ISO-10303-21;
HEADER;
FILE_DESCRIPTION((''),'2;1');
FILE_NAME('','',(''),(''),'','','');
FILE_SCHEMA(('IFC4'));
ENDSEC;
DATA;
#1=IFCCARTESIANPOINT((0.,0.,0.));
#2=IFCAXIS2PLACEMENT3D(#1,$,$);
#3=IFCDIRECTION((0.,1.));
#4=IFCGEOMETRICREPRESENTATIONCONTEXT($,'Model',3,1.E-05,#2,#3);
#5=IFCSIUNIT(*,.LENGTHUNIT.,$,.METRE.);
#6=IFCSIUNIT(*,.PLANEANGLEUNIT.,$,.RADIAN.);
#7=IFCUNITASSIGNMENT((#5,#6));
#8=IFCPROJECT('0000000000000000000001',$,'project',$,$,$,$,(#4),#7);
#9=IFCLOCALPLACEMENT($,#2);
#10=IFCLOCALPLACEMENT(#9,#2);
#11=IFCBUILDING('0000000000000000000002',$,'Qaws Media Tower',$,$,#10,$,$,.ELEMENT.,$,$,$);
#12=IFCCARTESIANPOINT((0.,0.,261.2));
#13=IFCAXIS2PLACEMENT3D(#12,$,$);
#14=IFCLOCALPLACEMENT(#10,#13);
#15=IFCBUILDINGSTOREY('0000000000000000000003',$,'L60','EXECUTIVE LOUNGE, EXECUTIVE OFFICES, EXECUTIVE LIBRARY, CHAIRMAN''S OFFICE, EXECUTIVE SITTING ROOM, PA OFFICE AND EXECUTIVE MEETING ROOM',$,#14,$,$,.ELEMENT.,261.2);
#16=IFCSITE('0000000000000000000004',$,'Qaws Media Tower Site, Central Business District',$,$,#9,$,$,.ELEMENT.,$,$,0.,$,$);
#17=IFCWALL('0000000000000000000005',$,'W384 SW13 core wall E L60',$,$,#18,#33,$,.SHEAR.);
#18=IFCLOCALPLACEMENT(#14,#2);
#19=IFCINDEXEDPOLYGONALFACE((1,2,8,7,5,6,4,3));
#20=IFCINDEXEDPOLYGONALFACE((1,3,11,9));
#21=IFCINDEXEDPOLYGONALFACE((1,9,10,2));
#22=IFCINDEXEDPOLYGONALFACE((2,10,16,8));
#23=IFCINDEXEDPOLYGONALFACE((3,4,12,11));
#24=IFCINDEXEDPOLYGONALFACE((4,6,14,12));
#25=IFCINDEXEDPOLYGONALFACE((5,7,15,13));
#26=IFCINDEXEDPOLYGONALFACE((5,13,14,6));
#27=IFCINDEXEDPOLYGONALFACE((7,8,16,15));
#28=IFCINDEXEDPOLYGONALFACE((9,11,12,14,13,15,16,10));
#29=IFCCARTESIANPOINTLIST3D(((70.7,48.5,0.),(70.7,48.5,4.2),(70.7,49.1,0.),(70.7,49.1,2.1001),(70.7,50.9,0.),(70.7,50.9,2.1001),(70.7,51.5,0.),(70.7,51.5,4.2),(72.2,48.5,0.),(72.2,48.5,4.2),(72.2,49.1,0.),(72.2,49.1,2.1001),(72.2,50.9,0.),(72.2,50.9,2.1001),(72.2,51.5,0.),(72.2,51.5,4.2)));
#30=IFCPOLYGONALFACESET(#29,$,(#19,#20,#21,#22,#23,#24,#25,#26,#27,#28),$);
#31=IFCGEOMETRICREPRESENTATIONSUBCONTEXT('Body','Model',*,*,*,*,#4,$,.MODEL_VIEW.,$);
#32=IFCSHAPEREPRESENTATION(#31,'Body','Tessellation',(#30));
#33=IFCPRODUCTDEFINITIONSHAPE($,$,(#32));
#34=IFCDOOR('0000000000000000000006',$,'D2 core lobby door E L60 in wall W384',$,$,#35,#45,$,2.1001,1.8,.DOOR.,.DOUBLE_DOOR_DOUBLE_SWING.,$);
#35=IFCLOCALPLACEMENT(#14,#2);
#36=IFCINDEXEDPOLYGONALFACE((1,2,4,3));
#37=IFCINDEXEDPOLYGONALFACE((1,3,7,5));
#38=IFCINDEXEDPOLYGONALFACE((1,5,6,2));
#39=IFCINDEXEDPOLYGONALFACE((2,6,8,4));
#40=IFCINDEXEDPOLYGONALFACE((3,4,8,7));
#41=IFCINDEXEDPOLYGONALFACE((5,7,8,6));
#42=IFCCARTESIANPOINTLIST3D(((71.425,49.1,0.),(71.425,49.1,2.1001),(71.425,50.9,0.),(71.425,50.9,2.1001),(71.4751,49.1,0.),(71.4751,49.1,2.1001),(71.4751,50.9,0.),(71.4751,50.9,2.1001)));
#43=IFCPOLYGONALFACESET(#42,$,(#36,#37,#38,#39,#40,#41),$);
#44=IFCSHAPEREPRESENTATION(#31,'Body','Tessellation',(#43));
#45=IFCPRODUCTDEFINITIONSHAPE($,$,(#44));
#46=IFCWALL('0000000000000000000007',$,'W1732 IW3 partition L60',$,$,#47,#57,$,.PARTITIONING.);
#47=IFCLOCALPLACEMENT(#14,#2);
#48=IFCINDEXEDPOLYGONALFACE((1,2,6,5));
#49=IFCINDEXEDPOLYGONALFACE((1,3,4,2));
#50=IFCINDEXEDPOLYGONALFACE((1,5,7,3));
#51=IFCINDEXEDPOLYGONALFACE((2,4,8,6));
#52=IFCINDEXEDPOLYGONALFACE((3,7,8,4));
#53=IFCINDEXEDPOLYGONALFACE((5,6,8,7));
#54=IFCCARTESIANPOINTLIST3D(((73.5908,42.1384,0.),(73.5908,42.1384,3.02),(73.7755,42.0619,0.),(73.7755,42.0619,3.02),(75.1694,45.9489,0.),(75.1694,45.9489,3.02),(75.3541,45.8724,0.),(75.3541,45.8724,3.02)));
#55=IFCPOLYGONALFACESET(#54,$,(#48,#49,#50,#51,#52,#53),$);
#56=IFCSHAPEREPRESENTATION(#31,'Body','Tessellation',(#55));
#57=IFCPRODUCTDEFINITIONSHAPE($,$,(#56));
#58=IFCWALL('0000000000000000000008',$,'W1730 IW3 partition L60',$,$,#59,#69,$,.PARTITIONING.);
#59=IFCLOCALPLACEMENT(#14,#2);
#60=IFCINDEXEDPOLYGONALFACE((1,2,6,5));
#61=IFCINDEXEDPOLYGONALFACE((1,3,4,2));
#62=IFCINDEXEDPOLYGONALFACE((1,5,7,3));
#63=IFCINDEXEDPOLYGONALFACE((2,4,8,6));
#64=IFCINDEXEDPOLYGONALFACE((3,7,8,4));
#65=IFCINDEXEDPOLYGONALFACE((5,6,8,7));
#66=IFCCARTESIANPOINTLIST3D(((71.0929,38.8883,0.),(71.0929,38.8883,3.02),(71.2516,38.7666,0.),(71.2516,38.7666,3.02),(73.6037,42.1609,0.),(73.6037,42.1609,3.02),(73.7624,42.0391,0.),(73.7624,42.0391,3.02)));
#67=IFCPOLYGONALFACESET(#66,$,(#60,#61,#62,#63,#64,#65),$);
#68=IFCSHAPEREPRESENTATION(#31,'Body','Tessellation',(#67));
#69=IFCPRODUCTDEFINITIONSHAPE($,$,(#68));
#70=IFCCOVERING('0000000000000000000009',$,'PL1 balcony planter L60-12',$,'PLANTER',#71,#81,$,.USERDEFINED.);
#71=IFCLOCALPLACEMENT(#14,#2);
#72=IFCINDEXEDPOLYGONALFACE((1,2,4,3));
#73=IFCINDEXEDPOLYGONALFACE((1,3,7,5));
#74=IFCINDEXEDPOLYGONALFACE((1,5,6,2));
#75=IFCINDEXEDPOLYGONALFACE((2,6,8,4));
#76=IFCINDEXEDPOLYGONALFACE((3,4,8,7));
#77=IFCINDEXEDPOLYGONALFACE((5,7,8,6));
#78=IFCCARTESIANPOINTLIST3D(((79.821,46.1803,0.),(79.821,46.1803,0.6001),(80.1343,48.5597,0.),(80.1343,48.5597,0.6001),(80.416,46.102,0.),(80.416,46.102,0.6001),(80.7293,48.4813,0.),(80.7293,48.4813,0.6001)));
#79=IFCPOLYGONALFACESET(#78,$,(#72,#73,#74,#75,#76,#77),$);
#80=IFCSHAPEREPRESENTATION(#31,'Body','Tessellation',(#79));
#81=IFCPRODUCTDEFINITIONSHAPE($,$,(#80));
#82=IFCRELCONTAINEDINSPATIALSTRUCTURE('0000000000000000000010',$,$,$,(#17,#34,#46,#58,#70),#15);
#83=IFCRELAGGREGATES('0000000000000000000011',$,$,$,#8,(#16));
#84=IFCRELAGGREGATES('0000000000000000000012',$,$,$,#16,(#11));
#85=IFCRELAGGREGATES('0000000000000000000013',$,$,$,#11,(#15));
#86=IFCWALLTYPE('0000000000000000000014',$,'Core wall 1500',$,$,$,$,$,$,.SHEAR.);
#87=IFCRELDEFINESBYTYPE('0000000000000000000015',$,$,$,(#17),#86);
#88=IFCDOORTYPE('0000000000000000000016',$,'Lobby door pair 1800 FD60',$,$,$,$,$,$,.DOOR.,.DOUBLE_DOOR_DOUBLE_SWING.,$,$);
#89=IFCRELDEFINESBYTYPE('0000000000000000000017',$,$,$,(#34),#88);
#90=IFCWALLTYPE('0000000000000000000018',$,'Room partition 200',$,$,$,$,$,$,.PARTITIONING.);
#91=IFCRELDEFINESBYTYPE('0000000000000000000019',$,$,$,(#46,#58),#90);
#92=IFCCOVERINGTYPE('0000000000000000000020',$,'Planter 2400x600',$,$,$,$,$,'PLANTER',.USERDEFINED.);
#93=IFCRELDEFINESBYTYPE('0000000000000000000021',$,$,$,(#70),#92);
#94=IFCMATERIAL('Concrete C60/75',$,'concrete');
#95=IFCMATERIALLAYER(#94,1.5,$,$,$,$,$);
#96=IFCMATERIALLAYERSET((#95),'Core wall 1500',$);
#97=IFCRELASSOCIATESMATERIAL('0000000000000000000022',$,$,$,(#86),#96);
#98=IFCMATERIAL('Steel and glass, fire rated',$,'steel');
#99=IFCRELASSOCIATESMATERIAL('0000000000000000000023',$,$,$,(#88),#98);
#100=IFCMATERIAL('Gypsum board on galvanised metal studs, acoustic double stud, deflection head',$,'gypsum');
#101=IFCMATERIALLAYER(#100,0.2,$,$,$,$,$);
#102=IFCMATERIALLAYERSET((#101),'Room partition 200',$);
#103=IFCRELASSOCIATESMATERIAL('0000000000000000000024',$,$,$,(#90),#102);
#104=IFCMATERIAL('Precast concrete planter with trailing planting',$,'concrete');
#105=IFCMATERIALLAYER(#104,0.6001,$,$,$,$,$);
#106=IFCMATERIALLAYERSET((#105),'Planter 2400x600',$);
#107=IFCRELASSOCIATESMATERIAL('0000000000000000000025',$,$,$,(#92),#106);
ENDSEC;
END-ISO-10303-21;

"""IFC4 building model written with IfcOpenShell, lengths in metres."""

from ifc_helpers import new_model, si_unit, direction, frame, frame_2d, origin, origin_2d, place, context, subcontext, project, spatial, rectangle, extrude, material, layer, layer_set, type_object, element, fill, save


model = new_model("IFC4")

# Units and contexts
model_context = context("Model", 3, precision=1e-05, world=origin(), true_north=direction((0.0, 1.0)))
body_context = subcontext(model_context, "Body", "Model", "MODEL_VIEW")
ifc_project = project(units=[si_unit("LENGTHUNIT", "METRE"), si_unit("PLANEANGLEUNIT", "RADIAN")], contexts=[model_context])

# Site, building, storey
site_placement = place(None, origin())
site = spatial("IfcSite", under=ifc_project, at=site_placement, Name="Qaws Media Tower Site, Central Business District", CompositionType="ELEMENT", RefElevation=0.0)
building_placement = place(site_placement, origin())
building = spatial("IfcBuilding", under=site, at=building_placement, Name="Qaws Media Tower", CompositionType="ELEMENT")
storey_placement = place(building_placement, frame((0.0, 0.0, 261.2)))
storey = spatial("IfcBuildingStorey", under=building, at=storey_placement, Name="L60", Description="EXECUTIVE LOUNGE, EXECUTIVE OFFICES, EXECUTIVE LIBRARY, CHAIRMAN'S OFFICE, EXECUTIVE SITTING ROOM, PA OFFICE AND EXECUTIVE MEETING ROOM", CompositionType="ELEMENT", Elevation=261.2)

# Shared definitions
ifc_material_1 = material(Name="Concrete C60/75", Category="concrete")
ifc_layer_1 = layer(ifc_material_1, 1.5)
ifc_layer_set_1 = layer_set([ifc_layer_1], Name="Core wall 1500")
wall_type_1 = type_object("IfcWallType", Name="Core wall 1500", PredefinedType="SHEAR", material=ifc_layer_set_1)

# Wall, opening, door
wall_1_placement = place(storey_placement, frame((71.45, 48.5, 0.0), z_axis=(0.0, 0.0, 1.0), x_axis=(0.0, 1.0, 0.0)))
wall_1 = element("IfcWall", 1, at=wall_1_placement, inside=storey, type_object=wall_type_1, Name="W384 SW13 core wall E L60", PredefinedType="SHEAR", context=body_context, shape_type="SweptSolid", body=[
    extrude(rectangle(XDim=3.0, YDim=1.5, at=frame_2d((1.5, 0.0))), origin(), (0.0, 0.0, 1.0), 4.2),
])
opening_placement = place(wall_1_placement, frame((0.6001, 0.0, 0.0)))
opening = element("IfcOpeningElement", 2, at=opening_placement, cuts=wall_1, PredefinedType="OPENING", context=body_context, shape_type="SweptSolid", body=[
    extrude(rectangle(XDim=1.8, YDim=2.1001, at=frame_2d((0.8999, 1.05))), frame((0.0, 0.76, 0.0), z_axis=(0.0, -1.0, 0.0), x_axis=(1.0, 0.0, 0.0)), (0.0, 0.0, 1.0), 1.52),
])
ifc_material_2 = material(Name="Steel and glass, fire rated", Category="steel")
door_type = type_object("IfcDoorType", Name="Lobby door pair 1800 FD60", OperationType="DOUBLE_DOOR_DOUBLE_SWING", PredefinedType="DOOR", material=ifc_material_2)
door_placement = place(opening_placement, origin())
door = element("IfcDoor", 3, at=door_placement, inside=storey, type_object=door_type, Name="D2 core lobby door E L60 in wall W384", OperationType="DOUBLE_DOOR_DOUBLE_SWING", OverallHeight=2.1001, OverallWidth=1.8, PredefinedType="DOOR", context=body_context, shape_type="SweptSolid", body=[
    extrude(rectangle(XDim=1.8, YDim=2.1001, at=frame_2d((0.8999, 1.05))), frame((0.0, 0.0249, 0.0), z_axis=(0.0, -1.0, 0.0), x_axis=(1.0, 0.0, 0.0)), (0.0, 0.0, 1.0), 0.05),
])
fill(opening, door)

# Walls
ifc_material_3 = material(Name="Gypsum board on galvanised metal studs, acoustic double stud, deflection head", Category="gypsum")
ifc_layer_2 = layer(ifc_material_3, 0.2)
ifc_layer_set_2 = layer_set([ifc_layer_2], Name="Room partition 200")
wall_type_2 = type_object("IfcWallType", Name="Room partition 200", PredefinedType="PARTITIONING", material=ifc_layer_set_2)
wall_2_placement = place(storey_placement, frame((75.2617, 45.9106, 0.0), z_axis=(0.0, 0.0, 1.0), x_axis=(-0.382732, -0.92386, 0.0)))
element("IfcWall", 4, at=wall_2_placement, inside=storey, type_object=wall_type_2, Name="W1732 IW3 partition L60", PredefinedType="PARTITIONING", context=body_context, shape_type="SweptSolid", body=[
    extrude(rectangle(XDim=4.1245, YDim=0.2, at=frame_2d((2.0623, 0.0))), origin(), (0.0, 0.0, 1.0), 3.02),
])
wall_3_placement = place(storey_placement, frame((73.6831, 42.1001, 0.0), z_axis=(0.0, 0.0, 1.0), x_axis=(-0.608715, -0.793389, 0.0)))
element("IfcWall", 5, at=wall_3_placement, inside=storey, type_object=wall_type_2, Name="W1730 IW3 partition L60", PredefinedType="PARTITIONING", context=body_context, shape_type="SweptSolid", body=[
    extrude(rectangle(XDim=4.1248, YDim=0.2, at=frame_2d((2.0625, 0.0))), origin(), (0.0, 0.0, 1.0), 3.02),
])

# Covering
ifc_material_4 = material(Name="Precast concrete planter with trailing planting", Category="concrete")
ifc_layer_3 = layer(ifc_material_4, 0.6001)
ifc_layer_set_3 = layer_set([ifc_layer_3], Name="Planter 2400x600")
covering_type = type_object("IfcCoveringType", Name="Planter 2400x600", ElementType="PLANTER", PredefinedType="USERDEFINED", material=ifc_layer_set_3)
covering_placement = place(storey_placement, frame((80.2751, 47.3308, 0.0), z_axis=(0.0, 0.0, 1.0), x_axis=(0.130526, 0.991445, 0.0)))
element("IfcCovering", 6, at=covering_placement, inside=storey, type_object=covering_type, Name="PL1 balcony planter L60-12", ObjectType="PLANTER", PredefinedType="USERDEFINED", context=body_context, shape_type="SweptSolid", body=[
    extrude(rectangle(XDim=2.3999, YDim=0.6001, at=origin_2d()), origin(), (0.0, 0.0, 1.0), 0.6001),
])

save(model, "model.ifc")
